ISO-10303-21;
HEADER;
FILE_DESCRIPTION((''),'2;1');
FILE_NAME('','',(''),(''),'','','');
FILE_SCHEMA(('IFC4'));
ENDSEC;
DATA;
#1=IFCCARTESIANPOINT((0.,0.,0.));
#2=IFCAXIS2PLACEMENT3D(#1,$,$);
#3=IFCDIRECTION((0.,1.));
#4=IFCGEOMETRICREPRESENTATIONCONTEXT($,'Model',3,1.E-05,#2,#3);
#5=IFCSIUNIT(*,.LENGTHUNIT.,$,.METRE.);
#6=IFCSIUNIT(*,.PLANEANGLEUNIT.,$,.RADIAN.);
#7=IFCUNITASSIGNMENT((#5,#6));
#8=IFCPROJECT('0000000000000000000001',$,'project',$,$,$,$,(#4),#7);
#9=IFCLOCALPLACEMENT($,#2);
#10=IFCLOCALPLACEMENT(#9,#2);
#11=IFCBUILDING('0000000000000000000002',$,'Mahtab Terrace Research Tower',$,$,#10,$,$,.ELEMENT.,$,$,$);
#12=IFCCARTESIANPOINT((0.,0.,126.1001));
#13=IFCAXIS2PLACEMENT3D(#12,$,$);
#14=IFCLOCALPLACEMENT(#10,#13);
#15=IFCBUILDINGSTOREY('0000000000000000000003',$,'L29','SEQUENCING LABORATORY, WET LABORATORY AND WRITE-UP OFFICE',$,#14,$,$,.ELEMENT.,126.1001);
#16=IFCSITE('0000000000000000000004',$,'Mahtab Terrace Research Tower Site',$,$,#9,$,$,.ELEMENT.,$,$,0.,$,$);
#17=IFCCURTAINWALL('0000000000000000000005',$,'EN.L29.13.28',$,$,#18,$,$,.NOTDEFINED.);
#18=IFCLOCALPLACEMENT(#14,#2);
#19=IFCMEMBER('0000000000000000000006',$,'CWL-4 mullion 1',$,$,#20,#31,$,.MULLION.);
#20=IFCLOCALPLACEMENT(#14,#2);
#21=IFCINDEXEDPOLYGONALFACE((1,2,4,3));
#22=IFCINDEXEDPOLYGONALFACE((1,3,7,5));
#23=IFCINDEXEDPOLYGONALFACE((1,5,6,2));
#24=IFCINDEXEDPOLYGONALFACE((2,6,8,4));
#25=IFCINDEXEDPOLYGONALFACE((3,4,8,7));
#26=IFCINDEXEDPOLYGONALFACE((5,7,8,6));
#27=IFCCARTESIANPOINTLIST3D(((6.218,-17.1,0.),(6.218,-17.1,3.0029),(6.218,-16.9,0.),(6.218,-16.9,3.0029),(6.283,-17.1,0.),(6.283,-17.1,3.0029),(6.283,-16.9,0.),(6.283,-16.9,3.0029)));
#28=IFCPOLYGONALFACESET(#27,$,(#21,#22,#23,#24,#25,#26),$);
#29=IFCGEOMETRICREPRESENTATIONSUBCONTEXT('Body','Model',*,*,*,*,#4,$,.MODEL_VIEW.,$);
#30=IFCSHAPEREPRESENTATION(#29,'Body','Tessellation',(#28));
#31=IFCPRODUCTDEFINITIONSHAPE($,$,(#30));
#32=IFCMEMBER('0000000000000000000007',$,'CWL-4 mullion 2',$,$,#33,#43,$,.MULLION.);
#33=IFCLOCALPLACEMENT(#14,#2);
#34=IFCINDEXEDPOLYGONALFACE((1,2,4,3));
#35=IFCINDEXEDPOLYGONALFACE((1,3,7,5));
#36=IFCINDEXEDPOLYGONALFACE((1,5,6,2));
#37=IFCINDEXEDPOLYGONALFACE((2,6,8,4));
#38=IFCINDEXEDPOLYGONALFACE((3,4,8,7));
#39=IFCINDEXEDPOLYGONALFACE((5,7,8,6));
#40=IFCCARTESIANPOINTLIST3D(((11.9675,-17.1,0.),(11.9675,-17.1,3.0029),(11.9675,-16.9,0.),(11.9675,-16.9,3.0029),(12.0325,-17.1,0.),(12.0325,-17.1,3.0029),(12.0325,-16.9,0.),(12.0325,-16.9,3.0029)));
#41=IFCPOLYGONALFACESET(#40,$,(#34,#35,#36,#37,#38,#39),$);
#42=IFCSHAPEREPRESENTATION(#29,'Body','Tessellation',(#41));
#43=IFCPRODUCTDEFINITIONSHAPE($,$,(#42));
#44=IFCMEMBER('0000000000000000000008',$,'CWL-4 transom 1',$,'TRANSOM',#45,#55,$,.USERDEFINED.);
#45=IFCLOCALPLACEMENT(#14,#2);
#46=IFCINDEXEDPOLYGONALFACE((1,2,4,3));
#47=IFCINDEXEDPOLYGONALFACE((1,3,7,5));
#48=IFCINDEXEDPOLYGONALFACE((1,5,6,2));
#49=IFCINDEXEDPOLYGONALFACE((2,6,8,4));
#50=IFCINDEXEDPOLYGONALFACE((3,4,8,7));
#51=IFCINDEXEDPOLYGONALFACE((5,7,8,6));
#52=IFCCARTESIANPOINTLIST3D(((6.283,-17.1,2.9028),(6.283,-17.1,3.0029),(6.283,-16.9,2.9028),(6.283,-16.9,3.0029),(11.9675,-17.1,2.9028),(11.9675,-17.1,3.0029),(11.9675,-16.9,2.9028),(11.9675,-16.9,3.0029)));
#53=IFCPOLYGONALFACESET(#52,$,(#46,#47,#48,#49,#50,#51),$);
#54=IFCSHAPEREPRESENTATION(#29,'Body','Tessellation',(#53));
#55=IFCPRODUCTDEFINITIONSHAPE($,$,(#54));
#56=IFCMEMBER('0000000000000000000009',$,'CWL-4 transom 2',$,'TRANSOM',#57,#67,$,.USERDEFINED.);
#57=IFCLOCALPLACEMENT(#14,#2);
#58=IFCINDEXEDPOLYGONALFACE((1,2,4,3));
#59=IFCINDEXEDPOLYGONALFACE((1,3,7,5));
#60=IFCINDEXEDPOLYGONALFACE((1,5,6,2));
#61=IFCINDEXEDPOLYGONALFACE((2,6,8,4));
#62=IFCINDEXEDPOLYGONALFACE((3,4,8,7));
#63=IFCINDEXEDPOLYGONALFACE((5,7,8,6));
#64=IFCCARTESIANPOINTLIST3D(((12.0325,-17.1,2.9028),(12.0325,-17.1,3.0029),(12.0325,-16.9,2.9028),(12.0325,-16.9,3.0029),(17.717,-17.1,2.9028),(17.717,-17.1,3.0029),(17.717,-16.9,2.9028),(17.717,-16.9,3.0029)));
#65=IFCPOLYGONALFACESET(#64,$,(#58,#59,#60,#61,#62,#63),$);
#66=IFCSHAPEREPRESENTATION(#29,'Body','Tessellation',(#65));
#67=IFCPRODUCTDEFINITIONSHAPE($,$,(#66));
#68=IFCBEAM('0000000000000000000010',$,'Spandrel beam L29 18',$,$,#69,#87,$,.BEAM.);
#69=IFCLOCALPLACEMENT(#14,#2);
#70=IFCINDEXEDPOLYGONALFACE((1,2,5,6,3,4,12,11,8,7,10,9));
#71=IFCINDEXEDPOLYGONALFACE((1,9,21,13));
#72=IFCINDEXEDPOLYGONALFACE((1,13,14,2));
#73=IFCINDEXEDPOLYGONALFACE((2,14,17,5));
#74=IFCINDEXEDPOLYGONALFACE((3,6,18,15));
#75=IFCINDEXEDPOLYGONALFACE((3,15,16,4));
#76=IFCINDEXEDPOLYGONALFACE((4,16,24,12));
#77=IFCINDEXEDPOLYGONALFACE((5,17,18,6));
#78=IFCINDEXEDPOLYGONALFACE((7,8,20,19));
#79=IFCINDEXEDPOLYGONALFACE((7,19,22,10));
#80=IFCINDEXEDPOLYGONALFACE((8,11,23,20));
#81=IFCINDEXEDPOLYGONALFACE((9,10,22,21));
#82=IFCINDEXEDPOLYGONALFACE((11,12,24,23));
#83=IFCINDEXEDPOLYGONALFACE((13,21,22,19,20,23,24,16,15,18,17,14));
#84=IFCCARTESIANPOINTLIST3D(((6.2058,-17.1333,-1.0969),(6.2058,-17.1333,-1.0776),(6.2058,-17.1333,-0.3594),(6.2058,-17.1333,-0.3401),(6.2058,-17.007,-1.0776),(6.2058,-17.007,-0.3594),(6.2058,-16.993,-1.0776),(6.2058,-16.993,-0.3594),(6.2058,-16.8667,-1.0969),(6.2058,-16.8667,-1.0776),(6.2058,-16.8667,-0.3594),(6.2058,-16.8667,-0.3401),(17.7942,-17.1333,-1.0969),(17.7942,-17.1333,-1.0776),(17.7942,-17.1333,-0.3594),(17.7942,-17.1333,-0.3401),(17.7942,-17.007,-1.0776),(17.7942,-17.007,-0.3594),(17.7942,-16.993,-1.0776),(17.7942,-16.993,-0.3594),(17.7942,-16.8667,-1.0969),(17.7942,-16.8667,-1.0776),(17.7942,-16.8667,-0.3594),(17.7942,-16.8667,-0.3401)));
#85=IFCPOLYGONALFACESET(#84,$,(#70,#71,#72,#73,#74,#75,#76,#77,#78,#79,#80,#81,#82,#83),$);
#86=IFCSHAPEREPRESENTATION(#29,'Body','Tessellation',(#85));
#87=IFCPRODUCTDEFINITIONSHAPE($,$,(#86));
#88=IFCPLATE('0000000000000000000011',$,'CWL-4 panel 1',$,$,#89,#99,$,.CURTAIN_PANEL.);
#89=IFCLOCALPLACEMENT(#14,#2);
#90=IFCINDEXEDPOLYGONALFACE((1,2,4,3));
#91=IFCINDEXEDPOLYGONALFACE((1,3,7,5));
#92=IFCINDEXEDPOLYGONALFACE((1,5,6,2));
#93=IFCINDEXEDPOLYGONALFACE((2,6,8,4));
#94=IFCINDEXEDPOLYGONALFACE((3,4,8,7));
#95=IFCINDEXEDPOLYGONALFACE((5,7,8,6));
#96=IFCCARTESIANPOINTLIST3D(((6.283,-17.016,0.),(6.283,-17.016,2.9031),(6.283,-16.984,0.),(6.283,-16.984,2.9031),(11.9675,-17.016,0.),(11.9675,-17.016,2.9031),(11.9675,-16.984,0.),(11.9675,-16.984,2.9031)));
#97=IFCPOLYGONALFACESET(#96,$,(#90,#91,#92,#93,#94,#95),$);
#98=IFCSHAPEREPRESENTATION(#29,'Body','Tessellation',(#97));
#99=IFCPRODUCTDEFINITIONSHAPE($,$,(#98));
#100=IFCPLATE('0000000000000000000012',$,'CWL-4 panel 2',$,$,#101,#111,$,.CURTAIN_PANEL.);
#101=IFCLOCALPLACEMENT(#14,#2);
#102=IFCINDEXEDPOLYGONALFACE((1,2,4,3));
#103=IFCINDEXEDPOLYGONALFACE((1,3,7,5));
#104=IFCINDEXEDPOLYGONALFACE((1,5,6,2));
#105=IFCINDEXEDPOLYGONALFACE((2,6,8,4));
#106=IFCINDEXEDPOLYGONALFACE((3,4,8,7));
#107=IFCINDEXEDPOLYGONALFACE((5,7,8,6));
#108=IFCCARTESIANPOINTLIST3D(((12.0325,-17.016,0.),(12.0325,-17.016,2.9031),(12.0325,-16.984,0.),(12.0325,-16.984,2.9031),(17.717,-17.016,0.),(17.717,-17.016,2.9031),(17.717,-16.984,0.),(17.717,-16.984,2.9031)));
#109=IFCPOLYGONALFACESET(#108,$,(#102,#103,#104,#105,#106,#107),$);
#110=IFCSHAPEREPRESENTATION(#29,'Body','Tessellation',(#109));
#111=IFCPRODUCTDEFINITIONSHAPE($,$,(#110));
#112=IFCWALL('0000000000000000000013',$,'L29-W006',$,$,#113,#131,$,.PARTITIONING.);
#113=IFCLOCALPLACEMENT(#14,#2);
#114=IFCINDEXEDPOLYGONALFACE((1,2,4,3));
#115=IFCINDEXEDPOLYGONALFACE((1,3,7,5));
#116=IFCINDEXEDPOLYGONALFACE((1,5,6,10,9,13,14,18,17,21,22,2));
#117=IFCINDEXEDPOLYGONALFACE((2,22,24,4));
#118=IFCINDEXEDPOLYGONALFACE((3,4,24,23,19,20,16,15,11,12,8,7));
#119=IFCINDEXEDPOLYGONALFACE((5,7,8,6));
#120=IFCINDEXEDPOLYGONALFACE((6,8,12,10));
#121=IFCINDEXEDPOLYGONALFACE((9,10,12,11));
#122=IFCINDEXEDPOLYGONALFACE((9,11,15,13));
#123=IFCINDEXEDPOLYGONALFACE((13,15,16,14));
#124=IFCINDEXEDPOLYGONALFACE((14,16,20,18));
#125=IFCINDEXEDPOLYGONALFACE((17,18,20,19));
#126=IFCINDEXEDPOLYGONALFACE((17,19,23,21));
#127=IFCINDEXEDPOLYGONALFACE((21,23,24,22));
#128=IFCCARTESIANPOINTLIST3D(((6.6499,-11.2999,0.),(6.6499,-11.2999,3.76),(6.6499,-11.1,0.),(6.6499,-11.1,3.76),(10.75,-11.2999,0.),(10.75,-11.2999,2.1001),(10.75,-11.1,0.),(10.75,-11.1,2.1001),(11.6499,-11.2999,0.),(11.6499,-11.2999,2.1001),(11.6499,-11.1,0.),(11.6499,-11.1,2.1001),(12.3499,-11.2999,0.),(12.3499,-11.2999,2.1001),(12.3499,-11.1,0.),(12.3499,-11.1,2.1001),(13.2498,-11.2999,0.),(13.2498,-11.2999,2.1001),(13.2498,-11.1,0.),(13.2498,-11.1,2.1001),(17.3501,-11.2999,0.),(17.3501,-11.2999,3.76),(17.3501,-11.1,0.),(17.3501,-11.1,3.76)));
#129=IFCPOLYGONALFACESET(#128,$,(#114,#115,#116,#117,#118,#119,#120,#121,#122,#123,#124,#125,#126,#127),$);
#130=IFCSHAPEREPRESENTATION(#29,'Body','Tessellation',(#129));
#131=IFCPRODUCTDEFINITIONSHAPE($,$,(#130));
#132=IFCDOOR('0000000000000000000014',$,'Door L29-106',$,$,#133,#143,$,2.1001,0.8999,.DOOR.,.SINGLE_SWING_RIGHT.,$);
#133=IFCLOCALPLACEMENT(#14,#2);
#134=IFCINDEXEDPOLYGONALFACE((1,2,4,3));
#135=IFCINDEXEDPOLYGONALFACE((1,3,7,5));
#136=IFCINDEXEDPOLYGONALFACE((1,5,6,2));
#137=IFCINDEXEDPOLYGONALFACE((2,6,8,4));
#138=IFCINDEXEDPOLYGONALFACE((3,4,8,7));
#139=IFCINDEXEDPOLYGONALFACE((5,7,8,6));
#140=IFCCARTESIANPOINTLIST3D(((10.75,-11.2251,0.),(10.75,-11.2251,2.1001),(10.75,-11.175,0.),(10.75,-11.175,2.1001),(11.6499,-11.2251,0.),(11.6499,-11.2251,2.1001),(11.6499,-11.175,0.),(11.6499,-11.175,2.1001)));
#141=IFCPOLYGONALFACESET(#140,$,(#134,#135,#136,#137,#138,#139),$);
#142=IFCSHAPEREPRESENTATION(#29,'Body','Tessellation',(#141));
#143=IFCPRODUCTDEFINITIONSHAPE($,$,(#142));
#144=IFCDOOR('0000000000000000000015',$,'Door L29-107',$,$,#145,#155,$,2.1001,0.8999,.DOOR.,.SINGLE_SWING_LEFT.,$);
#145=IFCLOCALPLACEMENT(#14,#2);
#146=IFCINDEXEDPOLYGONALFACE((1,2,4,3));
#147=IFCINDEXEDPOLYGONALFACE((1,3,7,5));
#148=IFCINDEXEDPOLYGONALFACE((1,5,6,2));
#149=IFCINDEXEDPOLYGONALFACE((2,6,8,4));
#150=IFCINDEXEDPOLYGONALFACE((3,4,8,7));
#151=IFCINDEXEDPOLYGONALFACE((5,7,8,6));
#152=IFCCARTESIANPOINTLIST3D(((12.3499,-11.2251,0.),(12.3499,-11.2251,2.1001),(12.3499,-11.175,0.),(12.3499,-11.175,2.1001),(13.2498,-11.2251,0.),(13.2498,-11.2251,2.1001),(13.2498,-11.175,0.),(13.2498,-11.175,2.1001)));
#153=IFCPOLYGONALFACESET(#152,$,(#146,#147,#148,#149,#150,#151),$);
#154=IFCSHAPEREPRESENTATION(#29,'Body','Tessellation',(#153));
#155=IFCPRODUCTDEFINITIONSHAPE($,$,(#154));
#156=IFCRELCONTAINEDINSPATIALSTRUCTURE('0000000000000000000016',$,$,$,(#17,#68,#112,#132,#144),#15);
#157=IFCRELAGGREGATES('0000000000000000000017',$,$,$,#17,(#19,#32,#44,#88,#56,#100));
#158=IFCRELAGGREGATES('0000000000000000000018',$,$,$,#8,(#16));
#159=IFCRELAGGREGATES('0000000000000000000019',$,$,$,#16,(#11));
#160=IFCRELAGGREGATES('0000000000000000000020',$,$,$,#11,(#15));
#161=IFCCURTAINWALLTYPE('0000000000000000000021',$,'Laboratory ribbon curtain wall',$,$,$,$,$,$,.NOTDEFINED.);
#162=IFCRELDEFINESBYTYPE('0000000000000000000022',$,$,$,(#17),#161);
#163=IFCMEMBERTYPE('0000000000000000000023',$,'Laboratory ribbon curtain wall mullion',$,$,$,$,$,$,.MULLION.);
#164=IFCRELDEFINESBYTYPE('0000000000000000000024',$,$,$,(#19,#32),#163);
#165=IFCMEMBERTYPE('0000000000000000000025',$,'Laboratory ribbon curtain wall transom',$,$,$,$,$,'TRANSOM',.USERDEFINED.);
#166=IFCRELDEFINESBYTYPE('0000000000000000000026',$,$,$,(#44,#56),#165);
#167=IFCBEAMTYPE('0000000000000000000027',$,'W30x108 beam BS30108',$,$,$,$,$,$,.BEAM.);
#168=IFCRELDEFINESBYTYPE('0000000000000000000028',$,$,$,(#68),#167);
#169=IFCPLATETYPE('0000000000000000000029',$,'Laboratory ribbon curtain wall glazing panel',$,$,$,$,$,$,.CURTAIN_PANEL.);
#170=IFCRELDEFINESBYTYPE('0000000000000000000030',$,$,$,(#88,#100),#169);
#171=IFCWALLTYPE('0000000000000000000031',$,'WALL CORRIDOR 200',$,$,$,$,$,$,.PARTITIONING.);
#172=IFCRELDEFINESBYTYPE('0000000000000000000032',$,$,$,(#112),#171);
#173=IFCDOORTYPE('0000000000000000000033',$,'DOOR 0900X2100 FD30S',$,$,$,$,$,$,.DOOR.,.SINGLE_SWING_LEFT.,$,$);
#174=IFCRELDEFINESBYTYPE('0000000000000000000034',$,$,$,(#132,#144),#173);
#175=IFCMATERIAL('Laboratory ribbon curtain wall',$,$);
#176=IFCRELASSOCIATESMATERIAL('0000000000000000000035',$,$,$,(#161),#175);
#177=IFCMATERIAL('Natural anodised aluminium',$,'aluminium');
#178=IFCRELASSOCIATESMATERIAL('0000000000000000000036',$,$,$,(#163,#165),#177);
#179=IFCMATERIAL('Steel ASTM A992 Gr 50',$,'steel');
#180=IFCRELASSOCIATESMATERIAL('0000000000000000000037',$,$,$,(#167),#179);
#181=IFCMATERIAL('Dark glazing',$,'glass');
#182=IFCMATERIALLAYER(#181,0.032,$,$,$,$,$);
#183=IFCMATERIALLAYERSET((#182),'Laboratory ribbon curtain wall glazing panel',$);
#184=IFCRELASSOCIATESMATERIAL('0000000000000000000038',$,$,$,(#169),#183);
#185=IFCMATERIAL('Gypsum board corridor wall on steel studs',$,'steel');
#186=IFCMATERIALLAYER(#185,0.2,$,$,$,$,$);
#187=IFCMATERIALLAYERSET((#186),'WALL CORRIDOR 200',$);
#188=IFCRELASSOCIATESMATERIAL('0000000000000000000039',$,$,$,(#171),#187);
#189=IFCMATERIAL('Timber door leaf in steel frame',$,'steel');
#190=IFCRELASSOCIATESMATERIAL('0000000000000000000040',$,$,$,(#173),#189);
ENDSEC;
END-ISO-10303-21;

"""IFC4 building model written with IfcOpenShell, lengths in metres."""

from ifc_helpers import new_model, si_unit, direction, frame, frame_2d, origin, origin_2d, place, context, subcontext, project, spatial, rectangle, i_section, extrude, material, layer, layer_set, material_profile, profile_set, type_object, element, fill, aggregate, save


model = new_model("IFC4")

# Units and contexts
model_context = context("Model", 3, precision=1e-05, world=origin(), true_north=direction((0.0, 1.0)))
body_context = subcontext(model_context, "Body", "Model", "MODEL_VIEW")
ifc_project = project(units=[si_unit("LENGTHUNIT", "METRE"), si_unit("PLANEANGLEUNIT", "RADIAN")], contexts=[model_context])

# Site, building, storey
site_placement = place(None, origin())
site = spatial("IfcSite", under=ifc_project, at=site_placement, Name="Mahtab Terrace Research Tower Site", CompositionType="ELEMENT", RefElevation=0.0)
building_placement = place(site_placement, origin())
building = spatial("IfcBuilding", under=site, at=building_placement, Name="Mahtab Terrace Research Tower", CompositionType="ELEMENT")
storey_placement = place(building_placement, frame((0.0, 0.0, 126.1001)))
storey = spatial("IfcBuildingStorey", under=building, at=storey_placement, Name="L29", Description="SEQUENCING LABORATORY, WET LABORATORY AND WRITE-UP OFFICE", CompositionType="ELEMENT", Elevation=126.1001)

# Curtain wall, members
ifc_material_1 = material(Name="Laboratory ribbon curtain wall")
curtain_wall_type = type_object("IfcCurtainWallType", Name="Laboratory ribbon curtain wall", PredefinedType="NOTDEFINED", material=ifc_material_1)
curtain_wall_placement = place(storey_placement, origin())
curtain_wall = element("IfcCurtainWall", 1, at=curtain_wall_placement, inside=storey, type_object=curtain_wall_type, Name="EN.L29.13.28", PredefinedType="NOTDEFINED")
ifc_material_2 = material(Name="Natural anodised aluminium", Category="aluminium")
ifc_material_profile_1 = material_profile(ifc_material_2, rectangle(XDim=0.2, YDim=0.0649, at=origin_2d()), Name="MULLION 65x200")
ifc_profile_set_1 = profile_set([ifc_material_profile_1], Name="Natural anodised aluminium")
member_type_1 = type_object("IfcMemberType", Name="Laboratory ribbon curtain wall mullion", PredefinedType="MULLION", material=ifc_profile_set_1)
member_1_placement = place(storey_placement, frame((6.2505, -17.0, 0.0), z_axis=(0.0, 0.0, 1.0), x_axis=(0.0, 1.0, 0.0)))
member_1 = element("IfcMember", 2, at=member_1_placement, type_object=member_type_1, Name="CWL-4 mullion 1", PredefinedType="MULLION", context=body_context, shape_type="SweptSolid", body=[
    extrude(rectangle(XDim=0.2, YDim=0.0649, at=origin_2d()), origin(), (0.0, 0.0, 1.0), 3.0029),
])
member_2_placement = place(storey_placement, frame((12.0, -17.0, 0.0), z_axis=(0.0, 0.0, 1.0), x_axis=(0.0, 1.0, 0.0)))
member_2 = element("IfcMember", 3, at=member_2_placement, type_object=member_type_1, Name="CWL-4 mullion 2", PredefinedType="MULLION", context=body_context, shape_type="SweptSolid", body=[
    extrude(rectangle(XDim=0.2, YDim=0.0649, at=origin_2d()), origin(), (0.0, 0.0, 1.0), 3.0029),
])
ifc_material_profile_2 = material_profile(ifc_material_2, rectangle(XDim=0.2, YDim=0.1001, at=origin_2d()), Name="TRANSOM 100x200")
ifc_profile_set_2 = profile_set([ifc_material_profile_2], Name="Natural anodised aluminium")
member_type_2 = type_object("IfcMemberType", Name="Laboratory ribbon curtain wall transom", ElementType="TRANSOM", PredefinedType="USERDEFINED", material=ifc_profile_set_2)
member_3_placement = place(storey_placement, frame((6.283, -17.0, 2.9529), z_axis=(1.0, 0.0, 0.0), x_axis=(0.0, 1.0, 0.0)))
member_3 = element("IfcMember", 4, at=member_3_placement, type_object=member_type_2, Name="CWL-4 transom 1", ObjectType="TRANSOM", PredefinedType="USERDEFINED", context=body_context, shape_type="SweptSolid", body=[
    extrude(rectangle(XDim=0.2, YDim=0.1001, at=origin_2d()), origin(), (0.0, 0.0, 1.0), 5.6846),
])
member_4_placement = place(storey_placement, frame((12.0325, -17.0, 2.9529), z_axis=(1.0, 0.0, 0.0), x_axis=(0.0, 1.0, 0.0)))
member_4 = element("IfcMember", 5, at=member_4_placement, type_object=member_type_2, Name="CWL-4 transom 2", ObjectType="TRANSOM", PredefinedType="USERDEFINED", context=body_context, shape_type="SweptSolid", body=[
    extrude(rectangle(XDim=0.2, YDim=0.1001, at=origin_2d()), origin(), (0.0, 0.0, 1.0), 5.6846),
])

# Beam
ifc_material_3 = material(Name="Steel ASTM A992 Gr 50", Category="steel")
ifc_material_profile_3 = material_profile(ifc_material_3, i_section(OverallWidth=0.2666, OverallDepth=0.7568, WebThickness=0.0139, FlangeThickness=0.0193, at=origin_2d()), Name="W30X108")
ifc_profile_set_3 = profile_set([ifc_material_profile_3], Name="Steel ASTM A992 Gr 50")
beam_type = type_object("IfcBeamType", Name="W30x108 beam BS30108", PredefinedType="BEAM", material=ifc_profile_set_3)
beam_placement = place(storey_placement, frame((6.2058, -17.0, -0.7185), z_axis=(1.0, 0.0, 0.0), x_axis=(0.0, 1.0, 0.0)))
element("IfcBeam", 6, at=beam_placement, inside=storey, type_object=beam_type, Name="Spandrel beam L29 18", PredefinedType="BEAM", context=body_context, shape_type="SweptSolid", body=[
    extrude(i_section(OverallWidth=0.2666, OverallDepth=0.7568, WebThickness=0.0139, FlangeThickness=0.0193, at=origin_2d()), origin(), (0.0, 0.0, 1.0), 11.5884),
])

# Plates
ifc_material_4 = material(Name="Dark glazing", Category="glass")
ifc_layer_1 = layer(ifc_material_4, 0.032)
ifc_layer_set_1 = layer_set([ifc_layer_1], Name="Laboratory ribbon curtain wall glazing panel")
plate_type = type_object("IfcPlateType", Name="Laboratory ribbon curtain wall glazing panel", PredefinedType="CURTAIN_PANEL", material=ifc_layer_set_1)
plate_1_placement = place(storey_placement, frame((9.1252, -17.0, 0.0), z_axis=(0.0, 0.0, 1.0), x_axis=(1.0, 0.0, 0.0)))
plate_1 = element("IfcPlate", 7, at=plate_1_placement, type_object=plate_type, Name="CWL-4 panel 1", PredefinedType="CURTAIN_PANEL", context=body_context, shape_type="SweptSolid", body=[
    extrude(rectangle(XDim=5.6846, YDim=0.032, at=origin_2d()), origin(), (0.0, 0.0, 1.0), 2.9031),
])
plate_2_placement = place(storey_placement, frame((14.8748, -17.0, 0.0), z_axis=(0.0, 0.0, 1.0), x_axis=(1.0, 0.0, 0.0)))
plate_2 = element("IfcPlate", 8, at=plate_2_placement, type_object=plate_type, Name="CWL-4 panel 2", PredefinedType="CURTAIN_PANEL", context=body_context, shape_type="SweptSolid", body=[
    extrude(rectangle(XDim=5.6846, YDim=0.032, at=origin_2d()), origin(), (0.0, 0.0, 1.0), 2.9031),
])
aggregate(curtain_wall, [member_1, member_2, member_3, plate_1, member_4, plate_2])

# Wall, openings, doors
ifc_material_5 = material(Name="Gypsum board corridor wall on steel studs", Category="steel")
ifc_layer_2 = layer(ifc_material_5, 0.2)
ifc_layer_set_2 = layer_set([ifc_layer_2], Name="WALL CORRIDOR 200")
wall_type_1 = type_object("IfcWallType", Name="WALL CORRIDOR 200", PredefinedType="PARTITIONING", material=ifc_layer_set_2)
wall_1_placement = place(storey_placement, frame((6.6499, -11.2, 0.0), z_axis=(0.0, 0.0, 1.0), x_axis=(1.0, 0.0, 0.0)))
wall_1 = element("IfcWall", 9, at=wall_1_placement, inside=storey, type_object=wall_type_1, Name="L29-W006", PredefinedType="PARTITIONING", context=body_context, shape_type="SweptSolid", body=[
    extrude(rectangle(XDim=10.7002, YDim=0.2, at=frame_2d((5.3501, 0.0))), origin(), (0.0, 0.0, 1.0), 3.76),
])
opening_1_placement = place(wall_1_placement, frame((4.1001, 0.0, 0.0)))
opening_1 = element("IfcOpeningElement", 10, at=opening_1_placement, cuts=wall_1, PredefinedType="OPENING", context=body_context, shape_type="SweptSolid", body=[
    extrude(rectangle(XDim=0.8999, YDim=2.1001, at=frame_2d((0.45, 1.05))), frame((0.0, 0.1099, 0.0), z_axis=(0.0, -1.0, 0.0), x_axis=(1.0, 0.0, 0.0)), (0.0, 0.0, 1.0), 0.22),
])
opening_2_placement = place(wall_1_placement, frame((5.7, 0.0, 0.0)))
opening_2 = element("IfcOpeningElement", 11, at=opening_2_placement, cuts=wall_1, PredefinedType="OPENING", context=body_context, shape_type="SweptSolid", body=[
    extrude(rectangle(XDim=0.8999, YDim=2.1001, at=frame_2d((0.45, 1.05))), frame((0.0, 0.1099, 0.0), z_axis=(0.0, -1.0, 0.0), x_axis=(1.0, 0.0, 0.0)), (0.0, 0.0, 1.0), 0.22),
])
ifc_material_6 = material(Name="Timber door leaf in steel frame", Category="steel")
door_type_1 = type_object("IfcDoorType", Name="DOOR 0900X2100 FD30S", OperationType="SINGLE_SWING_LEFT", PredefinedType="DOOR", material=ifc_material_6)
door_1_placement = place(opening_1_placement, origin())
door_1 = element("IfcDoor", 12, at=door_1_placement, inside=storey, type_object=door_type_1, Name="Door L29-106", OperationType="SINGLE_SWING_RIGHT", OverallHeight=2.1001, OverallWidth=0.8999, PredefinedType="DOOR", context=body_context, shape_type="SweptSolid", body=[
    extrude(rectangle(XDim=0.8999, YDim=2.1001, at=frame_2d((0.45, 1.05))), frame((0.0, 0.0249, 0.0), z_axis=(0.0, -1.0, 0.0), x_axis=(1.0, 0.0, 0.0)), (0.0, 0.0, 1.0), 0.05),
])
fill(opening_1, door_1)
door_2_placement = place(opening_2_placement, origin())
door_2 = element("IfcDoor", 13, at=door_2_placement, inside=storey, type_object=door_type_1, Name="Door L29-107", OperationType="SINGLE_SWING_LEFT", OverallHeight=2.1001, OverallWidth=0.8999, PredefinedType="DOOR", context=body_context, shape_type="SweptSolid", body=[
    extrude(rectangle(XDim=0.8999, YDim=2.1001, at=frame_2d((0.45, 1.05))), frame((0.0, 0.0249, 0.0), z_axis=(0.0, -1.0, 0.0), x_axis=(1.0, 0.0, 0.0)), (0.0, 0.0, 1.0), 0.05),
])
fill(opening_2, door_2)

save(model, "model.ifc")
